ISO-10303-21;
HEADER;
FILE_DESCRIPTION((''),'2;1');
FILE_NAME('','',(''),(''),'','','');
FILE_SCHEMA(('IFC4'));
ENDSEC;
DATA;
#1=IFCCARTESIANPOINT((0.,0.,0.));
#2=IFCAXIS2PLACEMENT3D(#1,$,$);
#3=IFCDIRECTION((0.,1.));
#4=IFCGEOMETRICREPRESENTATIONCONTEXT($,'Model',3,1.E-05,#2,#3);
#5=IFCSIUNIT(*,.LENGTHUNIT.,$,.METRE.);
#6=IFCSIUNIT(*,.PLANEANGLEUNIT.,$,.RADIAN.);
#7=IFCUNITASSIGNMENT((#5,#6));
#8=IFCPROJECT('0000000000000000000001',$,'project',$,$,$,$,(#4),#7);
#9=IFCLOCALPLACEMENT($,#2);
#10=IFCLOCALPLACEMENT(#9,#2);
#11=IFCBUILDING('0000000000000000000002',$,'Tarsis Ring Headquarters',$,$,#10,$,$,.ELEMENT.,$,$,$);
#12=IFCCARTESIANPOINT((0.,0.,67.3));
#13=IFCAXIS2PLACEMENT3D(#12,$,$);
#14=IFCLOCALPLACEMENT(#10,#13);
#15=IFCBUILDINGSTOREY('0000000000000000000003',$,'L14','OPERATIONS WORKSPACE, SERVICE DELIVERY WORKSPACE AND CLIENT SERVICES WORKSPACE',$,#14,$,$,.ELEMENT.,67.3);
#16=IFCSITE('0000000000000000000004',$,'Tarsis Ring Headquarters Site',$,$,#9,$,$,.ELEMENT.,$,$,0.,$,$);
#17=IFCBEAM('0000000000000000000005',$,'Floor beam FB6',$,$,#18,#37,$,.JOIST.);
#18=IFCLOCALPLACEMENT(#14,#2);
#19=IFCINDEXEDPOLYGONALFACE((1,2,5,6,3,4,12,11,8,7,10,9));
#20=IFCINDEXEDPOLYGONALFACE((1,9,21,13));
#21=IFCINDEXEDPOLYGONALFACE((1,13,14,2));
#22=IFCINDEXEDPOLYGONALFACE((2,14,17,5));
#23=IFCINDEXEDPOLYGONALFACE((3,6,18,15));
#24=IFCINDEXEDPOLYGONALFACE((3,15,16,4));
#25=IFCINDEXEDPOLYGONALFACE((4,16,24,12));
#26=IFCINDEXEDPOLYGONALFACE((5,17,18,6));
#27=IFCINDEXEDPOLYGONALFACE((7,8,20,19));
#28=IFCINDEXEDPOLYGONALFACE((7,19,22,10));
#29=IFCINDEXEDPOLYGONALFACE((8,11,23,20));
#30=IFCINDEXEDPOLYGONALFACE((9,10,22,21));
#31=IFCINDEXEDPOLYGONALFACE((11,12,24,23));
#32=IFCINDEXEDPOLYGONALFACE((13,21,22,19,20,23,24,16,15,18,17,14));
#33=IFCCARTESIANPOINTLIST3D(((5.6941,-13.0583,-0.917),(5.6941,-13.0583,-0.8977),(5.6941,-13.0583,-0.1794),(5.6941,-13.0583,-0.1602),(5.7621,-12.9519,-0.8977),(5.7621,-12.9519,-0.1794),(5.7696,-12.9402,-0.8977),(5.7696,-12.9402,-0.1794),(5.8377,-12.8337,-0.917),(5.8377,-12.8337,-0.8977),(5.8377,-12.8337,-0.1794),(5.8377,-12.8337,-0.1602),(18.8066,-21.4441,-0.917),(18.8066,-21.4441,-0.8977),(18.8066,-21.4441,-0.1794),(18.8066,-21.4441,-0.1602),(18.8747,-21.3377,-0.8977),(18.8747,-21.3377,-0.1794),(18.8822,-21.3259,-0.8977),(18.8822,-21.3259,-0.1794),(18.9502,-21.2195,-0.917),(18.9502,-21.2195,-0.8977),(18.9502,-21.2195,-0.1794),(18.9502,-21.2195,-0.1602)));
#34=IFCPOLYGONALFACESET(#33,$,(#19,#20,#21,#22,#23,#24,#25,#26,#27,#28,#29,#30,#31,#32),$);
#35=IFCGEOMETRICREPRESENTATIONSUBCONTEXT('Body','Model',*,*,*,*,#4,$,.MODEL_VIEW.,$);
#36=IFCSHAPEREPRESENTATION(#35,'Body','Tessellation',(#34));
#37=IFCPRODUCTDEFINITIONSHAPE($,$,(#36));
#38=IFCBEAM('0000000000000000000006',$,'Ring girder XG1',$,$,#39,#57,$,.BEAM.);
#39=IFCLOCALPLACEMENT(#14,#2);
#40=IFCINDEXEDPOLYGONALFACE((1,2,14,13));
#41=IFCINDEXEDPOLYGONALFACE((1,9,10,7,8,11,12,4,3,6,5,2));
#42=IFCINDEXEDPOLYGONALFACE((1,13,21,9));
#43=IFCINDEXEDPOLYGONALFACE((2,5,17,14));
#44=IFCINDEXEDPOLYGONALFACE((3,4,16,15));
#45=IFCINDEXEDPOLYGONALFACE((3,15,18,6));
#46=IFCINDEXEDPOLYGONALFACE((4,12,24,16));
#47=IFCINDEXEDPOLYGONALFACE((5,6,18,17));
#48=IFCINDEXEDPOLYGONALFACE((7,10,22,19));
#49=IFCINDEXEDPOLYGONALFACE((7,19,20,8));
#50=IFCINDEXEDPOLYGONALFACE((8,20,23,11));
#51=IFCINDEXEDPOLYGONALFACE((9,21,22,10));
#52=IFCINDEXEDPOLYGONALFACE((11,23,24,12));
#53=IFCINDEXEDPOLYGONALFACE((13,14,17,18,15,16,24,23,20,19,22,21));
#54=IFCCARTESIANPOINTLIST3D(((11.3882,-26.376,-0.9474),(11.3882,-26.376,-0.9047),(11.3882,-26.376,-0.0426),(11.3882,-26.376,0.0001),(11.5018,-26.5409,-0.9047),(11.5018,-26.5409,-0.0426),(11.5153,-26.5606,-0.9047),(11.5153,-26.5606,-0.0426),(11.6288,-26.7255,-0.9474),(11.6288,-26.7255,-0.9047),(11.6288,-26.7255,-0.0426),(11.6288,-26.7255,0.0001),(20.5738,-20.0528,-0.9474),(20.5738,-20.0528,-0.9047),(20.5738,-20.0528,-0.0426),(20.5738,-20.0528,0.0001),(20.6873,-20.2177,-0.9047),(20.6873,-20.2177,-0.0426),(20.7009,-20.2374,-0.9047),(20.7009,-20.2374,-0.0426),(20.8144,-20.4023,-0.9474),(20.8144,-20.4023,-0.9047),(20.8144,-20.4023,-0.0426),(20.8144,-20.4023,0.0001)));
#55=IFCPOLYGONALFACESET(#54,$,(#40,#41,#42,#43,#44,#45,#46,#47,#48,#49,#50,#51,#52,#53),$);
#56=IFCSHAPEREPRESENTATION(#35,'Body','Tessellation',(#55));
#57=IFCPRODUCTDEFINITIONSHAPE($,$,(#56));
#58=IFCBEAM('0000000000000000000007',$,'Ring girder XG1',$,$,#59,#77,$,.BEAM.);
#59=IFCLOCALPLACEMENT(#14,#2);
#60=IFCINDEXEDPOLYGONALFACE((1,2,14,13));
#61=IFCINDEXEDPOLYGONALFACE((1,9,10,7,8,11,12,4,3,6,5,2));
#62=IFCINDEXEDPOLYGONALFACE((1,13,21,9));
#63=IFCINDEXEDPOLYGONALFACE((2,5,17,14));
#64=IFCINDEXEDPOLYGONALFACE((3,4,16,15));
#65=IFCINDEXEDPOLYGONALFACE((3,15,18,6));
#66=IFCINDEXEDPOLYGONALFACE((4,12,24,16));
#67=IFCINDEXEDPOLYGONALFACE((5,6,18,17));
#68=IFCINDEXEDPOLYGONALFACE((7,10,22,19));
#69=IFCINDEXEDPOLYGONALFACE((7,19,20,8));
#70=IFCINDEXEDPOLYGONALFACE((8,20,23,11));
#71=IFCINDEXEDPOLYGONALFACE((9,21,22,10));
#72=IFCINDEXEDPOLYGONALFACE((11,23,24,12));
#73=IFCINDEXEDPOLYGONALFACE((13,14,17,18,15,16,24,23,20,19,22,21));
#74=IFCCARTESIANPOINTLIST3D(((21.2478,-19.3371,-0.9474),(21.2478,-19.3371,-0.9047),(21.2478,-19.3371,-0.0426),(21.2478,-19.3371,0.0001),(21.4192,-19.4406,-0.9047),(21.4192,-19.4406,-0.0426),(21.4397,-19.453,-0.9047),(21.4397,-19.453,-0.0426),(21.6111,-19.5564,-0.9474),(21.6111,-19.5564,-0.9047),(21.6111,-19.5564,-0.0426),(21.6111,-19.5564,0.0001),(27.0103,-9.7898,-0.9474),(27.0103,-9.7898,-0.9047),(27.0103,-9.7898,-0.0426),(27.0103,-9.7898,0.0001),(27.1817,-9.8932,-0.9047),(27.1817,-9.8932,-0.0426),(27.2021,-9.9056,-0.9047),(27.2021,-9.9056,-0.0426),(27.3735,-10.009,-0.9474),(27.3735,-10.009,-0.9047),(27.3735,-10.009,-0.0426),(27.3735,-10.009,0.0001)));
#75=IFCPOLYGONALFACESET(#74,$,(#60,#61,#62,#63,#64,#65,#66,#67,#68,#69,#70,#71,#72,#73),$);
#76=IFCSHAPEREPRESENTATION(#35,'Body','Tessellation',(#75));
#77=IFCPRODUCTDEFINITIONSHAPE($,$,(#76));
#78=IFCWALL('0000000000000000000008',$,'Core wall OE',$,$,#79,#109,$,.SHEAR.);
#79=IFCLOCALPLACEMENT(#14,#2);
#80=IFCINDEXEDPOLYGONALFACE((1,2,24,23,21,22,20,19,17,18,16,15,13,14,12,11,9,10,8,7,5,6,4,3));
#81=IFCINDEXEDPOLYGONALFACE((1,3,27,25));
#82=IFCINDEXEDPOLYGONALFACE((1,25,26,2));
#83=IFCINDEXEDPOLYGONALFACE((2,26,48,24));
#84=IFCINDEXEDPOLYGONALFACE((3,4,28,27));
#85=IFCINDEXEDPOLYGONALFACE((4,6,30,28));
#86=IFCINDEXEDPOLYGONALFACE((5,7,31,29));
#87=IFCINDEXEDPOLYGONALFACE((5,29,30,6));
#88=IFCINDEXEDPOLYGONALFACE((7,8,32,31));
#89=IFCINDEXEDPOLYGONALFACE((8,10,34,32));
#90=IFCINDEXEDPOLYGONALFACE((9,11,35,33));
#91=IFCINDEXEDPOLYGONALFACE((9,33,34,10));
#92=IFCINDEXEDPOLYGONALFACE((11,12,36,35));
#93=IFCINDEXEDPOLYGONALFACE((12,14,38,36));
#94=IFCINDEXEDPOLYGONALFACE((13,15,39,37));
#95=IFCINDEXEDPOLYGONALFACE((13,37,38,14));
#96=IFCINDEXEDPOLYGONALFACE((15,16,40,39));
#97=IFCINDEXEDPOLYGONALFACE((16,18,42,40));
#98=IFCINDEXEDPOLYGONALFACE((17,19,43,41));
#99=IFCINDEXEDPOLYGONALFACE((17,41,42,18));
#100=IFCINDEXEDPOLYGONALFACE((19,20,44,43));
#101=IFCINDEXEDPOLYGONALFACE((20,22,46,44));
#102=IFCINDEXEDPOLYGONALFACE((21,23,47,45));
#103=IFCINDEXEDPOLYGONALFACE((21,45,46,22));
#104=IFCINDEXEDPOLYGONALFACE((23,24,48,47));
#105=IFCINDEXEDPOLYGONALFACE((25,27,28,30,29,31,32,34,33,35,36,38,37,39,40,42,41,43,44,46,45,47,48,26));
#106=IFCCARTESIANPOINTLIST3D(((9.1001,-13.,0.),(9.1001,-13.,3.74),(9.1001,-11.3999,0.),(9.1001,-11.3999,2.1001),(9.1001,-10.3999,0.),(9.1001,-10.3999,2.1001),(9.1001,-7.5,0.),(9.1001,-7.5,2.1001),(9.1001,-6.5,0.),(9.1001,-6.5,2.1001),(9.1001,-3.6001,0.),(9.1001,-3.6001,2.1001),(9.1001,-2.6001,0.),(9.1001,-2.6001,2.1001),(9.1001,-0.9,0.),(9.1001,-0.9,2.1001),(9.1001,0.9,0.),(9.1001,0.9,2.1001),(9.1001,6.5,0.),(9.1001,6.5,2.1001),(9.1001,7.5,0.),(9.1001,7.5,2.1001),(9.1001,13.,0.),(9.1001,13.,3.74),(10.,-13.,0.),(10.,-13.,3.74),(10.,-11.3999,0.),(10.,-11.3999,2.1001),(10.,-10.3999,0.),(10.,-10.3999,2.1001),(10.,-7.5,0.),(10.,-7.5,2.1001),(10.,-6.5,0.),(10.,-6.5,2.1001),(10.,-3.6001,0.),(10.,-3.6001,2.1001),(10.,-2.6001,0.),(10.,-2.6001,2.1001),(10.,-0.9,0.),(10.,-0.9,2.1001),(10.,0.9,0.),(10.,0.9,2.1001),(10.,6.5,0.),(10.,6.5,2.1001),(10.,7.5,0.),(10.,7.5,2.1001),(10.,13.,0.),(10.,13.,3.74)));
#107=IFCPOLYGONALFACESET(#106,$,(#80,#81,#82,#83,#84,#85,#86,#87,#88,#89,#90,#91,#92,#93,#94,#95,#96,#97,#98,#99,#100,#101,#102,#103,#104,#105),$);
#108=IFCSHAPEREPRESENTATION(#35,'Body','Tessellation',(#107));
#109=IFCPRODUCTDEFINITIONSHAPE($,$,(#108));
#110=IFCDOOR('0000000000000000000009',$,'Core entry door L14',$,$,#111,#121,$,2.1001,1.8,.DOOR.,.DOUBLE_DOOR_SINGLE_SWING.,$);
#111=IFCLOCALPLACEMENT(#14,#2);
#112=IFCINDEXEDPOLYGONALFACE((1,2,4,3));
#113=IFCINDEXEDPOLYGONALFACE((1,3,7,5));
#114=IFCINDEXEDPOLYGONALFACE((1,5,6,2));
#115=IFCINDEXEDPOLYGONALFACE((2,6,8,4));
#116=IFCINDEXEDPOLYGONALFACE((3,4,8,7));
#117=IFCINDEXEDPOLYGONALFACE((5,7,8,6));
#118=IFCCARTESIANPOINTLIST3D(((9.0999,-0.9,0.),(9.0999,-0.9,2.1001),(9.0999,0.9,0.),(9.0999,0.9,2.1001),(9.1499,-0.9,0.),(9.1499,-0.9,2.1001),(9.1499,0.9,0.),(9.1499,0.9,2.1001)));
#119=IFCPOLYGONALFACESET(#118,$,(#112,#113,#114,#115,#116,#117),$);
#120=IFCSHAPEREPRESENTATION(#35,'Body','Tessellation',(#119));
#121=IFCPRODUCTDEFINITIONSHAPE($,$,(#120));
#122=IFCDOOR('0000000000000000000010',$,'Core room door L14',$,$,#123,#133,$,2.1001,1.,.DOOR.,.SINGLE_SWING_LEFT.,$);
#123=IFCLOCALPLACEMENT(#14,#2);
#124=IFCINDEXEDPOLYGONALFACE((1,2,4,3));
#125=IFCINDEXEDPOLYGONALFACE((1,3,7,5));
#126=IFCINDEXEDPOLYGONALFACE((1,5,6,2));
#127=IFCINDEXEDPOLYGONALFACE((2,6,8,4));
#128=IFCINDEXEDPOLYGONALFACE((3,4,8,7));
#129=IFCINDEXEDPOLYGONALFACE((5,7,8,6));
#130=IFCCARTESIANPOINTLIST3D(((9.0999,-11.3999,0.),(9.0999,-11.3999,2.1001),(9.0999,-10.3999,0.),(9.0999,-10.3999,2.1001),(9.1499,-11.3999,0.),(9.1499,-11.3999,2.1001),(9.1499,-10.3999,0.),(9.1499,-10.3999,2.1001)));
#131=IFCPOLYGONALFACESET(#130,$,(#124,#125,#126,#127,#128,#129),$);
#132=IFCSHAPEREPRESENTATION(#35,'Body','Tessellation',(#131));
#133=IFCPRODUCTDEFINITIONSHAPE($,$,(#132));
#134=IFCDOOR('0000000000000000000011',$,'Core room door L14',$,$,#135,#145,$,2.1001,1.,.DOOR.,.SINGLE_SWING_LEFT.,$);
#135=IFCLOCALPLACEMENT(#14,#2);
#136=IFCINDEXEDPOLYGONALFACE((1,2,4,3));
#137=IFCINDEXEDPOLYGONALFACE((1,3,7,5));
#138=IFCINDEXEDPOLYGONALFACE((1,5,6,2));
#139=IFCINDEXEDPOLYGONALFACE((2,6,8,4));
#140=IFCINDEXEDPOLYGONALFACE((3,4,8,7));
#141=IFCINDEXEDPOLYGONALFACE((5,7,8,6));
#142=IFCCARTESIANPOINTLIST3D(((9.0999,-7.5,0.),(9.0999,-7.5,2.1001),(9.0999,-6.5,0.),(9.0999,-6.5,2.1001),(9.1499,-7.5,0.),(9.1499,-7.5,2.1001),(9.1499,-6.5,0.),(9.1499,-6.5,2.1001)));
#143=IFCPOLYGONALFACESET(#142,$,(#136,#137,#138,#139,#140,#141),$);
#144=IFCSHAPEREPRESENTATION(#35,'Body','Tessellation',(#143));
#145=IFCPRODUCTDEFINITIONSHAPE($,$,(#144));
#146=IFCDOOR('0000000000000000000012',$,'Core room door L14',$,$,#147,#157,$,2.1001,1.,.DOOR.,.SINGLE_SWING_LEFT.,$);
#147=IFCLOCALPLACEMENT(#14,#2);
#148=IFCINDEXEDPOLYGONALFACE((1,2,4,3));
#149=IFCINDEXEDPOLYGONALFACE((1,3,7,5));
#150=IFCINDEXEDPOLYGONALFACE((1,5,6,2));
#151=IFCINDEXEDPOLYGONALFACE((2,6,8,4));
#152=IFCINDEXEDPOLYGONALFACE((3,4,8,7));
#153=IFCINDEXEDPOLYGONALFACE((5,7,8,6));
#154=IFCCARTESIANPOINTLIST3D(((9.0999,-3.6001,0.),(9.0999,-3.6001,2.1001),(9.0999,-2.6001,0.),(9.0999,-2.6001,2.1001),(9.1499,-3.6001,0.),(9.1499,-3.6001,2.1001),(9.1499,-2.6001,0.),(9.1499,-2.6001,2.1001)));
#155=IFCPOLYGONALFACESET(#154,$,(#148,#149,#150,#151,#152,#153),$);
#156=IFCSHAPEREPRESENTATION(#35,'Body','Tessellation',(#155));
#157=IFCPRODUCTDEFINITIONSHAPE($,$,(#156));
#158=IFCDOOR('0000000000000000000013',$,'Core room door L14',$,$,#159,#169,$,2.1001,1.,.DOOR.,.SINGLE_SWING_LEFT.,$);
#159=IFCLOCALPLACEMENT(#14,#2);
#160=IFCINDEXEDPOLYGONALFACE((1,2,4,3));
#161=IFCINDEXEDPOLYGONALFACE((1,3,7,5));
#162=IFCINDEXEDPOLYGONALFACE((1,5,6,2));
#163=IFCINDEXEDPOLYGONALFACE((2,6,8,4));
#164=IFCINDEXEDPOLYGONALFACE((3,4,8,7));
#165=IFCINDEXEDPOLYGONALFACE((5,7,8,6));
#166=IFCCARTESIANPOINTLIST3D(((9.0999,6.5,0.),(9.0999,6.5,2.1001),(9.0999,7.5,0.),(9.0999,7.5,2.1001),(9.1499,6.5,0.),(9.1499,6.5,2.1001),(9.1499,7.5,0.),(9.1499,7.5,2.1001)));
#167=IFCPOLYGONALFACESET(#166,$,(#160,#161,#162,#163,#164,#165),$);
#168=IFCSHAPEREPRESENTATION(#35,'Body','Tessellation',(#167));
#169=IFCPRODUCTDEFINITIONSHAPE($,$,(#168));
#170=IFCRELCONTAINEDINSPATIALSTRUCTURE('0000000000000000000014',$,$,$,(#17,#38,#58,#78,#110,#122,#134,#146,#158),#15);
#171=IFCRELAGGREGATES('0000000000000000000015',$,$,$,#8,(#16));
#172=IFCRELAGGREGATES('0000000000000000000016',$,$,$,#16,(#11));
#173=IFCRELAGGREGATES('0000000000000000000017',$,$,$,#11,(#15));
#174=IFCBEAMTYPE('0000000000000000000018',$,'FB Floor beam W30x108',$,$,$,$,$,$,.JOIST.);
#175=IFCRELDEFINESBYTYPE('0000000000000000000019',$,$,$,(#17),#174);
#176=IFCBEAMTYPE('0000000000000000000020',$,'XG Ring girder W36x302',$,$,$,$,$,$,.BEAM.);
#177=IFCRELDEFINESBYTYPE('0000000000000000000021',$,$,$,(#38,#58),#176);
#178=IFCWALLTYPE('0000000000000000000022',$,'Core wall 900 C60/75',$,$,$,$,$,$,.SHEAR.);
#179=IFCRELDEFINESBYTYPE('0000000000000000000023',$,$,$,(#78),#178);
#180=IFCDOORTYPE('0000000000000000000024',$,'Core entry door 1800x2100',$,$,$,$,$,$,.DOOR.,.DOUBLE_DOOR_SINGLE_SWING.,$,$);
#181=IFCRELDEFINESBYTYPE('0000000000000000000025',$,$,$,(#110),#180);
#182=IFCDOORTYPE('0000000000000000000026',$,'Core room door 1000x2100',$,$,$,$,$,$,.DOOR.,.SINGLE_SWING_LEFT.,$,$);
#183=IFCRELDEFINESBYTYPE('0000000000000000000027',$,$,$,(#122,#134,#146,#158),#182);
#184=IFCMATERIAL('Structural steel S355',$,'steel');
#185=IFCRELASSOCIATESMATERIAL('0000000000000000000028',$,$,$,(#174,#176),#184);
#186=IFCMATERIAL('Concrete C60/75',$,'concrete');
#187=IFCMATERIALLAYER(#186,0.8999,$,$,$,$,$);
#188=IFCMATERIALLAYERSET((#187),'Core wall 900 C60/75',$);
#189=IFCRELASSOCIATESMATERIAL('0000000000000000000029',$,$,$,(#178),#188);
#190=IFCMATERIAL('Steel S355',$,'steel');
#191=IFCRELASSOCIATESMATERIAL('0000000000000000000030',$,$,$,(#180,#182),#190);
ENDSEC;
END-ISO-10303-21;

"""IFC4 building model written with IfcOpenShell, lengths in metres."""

from ifc_helpers import new_model, si_unit, direction, frame, frame_2d, origin, origin_2d, place, context, subcontext, project, spatial, rectangle, i_section, extrude, material, layer, layer_set, material_profile, profile_set, type_object, element, fill, save


model = new_model("IFC4")

# Units and contexts
model_context = context("Model", 3, precision=1e-05, world=origin(), true_north=direction((0.0, 1.0)))
body_context = subcontext(model_context, "Body", "Model", "MODEL_VIEW")
ifc_project = project(units=[si_unit("LENGTHUNIT", "METRE"), si_unit("PLANEANGLEUNIT", "RADIAN")], contexts=[model_context])

# Site, building, storey
site_placement = place(None, origin())
site = spatial("IfcSite", under=ifc_project, at=site_placement, Name="Tarsis Ring Headquarters Site", CompositionType="ELEMENT", RefElevation=0.0)
building_placement = place(site_placement, origin())
building = spatial("IfcBuilding", under=site, at=building_placement, Name="Tarsis Ring Headquarters", CompositionType="ELEMENT")
storey_placement = place(building_placement, frame((0.0, 0.0, 67.3)))
storey = spatial("IfcBuildingStorey", under=building, at=storey_placement, Name="L14", Description="OPERATIONS WORKSPACE, SERVICE DELIVERY WORKSPACE AND CLIENT SERVICES WORKSPACE", CompositionType="ELEMENT", Elevation=67.3)

# Beams
ifc_material_1 = material(Name="Structural steel S355", Category="steel")
ifc_material_profile_1 = material_profile(ifc_material_1, i_section(OverallWidth=0.2666, OverallDepth=0.7568, WebThickness=0.0139, FlangeThickness=0.0193, at=origin_2d()), Name="W30x108")
ifc_profile_set_1 = profile_set([ifc_material_profile_1], Name="Structural steel S355")
beam_type_1 = type_object("IfcBeamType", Name="FB Floor beam W30x108", PredefinedType="JOIST", material=ifc_profile_set_1)
beam_placement = place(storey_placement, frame((5.7659, -12.946, -0.5386), z_axis=(0.842455, -0.538767, 0.0), x_axis=(0.538767, 0.842455, 0.0)))
element("IfcBeam", 1, at=beam_placement, inside=storey, type_object=beam_type_1, Name="Floor beam FB6", PredefinedType="JOIST", context=body_context, shape_type="SweptSolid", body=[
    extrude(i_section(OverallWidth=0.2666, OverallDepth=0.7568, WebThickness=0.0139, FlangeThickness=0.0193, at=origin_2d()), origin(), (0.0, 0.0, 1.0), 15.5647),
])
ifc_material_profile_2 = material_profile(ifc_material_1, i_section(OverallWidth=0.4243, OverallDepth=0.9475, WebThickness=0.0239, FlangeThickness=0.0427, at=origin_2d()), Name="W36x302")
ifc_profile_set_2 = profile_set([ifc_material_profile_2], Name="Structural steel S355")
beam_type_2 = type_object("IfcBeamType", Name="XG Ring girder W36x302", PredefinedType="BEAM", material=ifc_profile_set_2)
for number, where, z_axis, x_axis, name in (
    (2, (11.5085, -26.5508, -0.4736), (0.823699, 0.567027, 0.0), (-0.567027, 0.823699, 0.0), "Ring girder XG1"),
    (3, (21.4294, -19.4468, -0.4736), (0.516738, 0.856144, 0.0), (-0.856144, 0.516738, 0.0), "Ring girder XG1"),
):
    element("IfcBeam", number, at=place(storey_placement, frame(where, z_axis=z_axis, x_axis=x_axis)), inside=storey, type_object=beam_type_2, Name=name, PredefinedType="BEAM", context=body_context, shape_type="SweptSolid", body=[
        extrude(i_section(OverallWidth=0.4243, OverallDepth=0.9475, WebThickness=0.0239, FlangeThickness=0.0427, at=origin_2d()), origin(), (0.0, 0.0, 1.0), 11.1516),
    ])

# Wall, openings, doors
ifc_material_2 = material(Name="Concrete C60/75", Category="concrete")
ifc_layer_1 = layer(ifc_material_2, 0.8999)
ifc_layer_set_1 = layer_set([ifc_layer_1], Name="Core wall 900 C60/75")
wall_type_1 = type_object("IfcWallType", Name="Core wall 900 C60/75", PredefinedType="SHEAR", material=ifc_layer_set_1)
wall_1_placement = place(storey_placement, frame((9.55, -13.0, 0.0), z_axis=(0.0, 0.0, 1.0), x_axis=(0.0, 1.0, 0.0)))
wall_1 = element("IfcWall", 4, at=wall_1_placement, inside=storey, type_object=wall_type_1, Name="Core wall OE", PredefinedType="SHEAR", context=body_context, shape_type="SweptSolid", body=[
    extrude(rectangle(XDim=26.0, YDim=0.8999, at=frame_2d((13.0, 0.0))), origin(), (0.0, 0.0, 1.0), 3.74),
])
opening_1_placement = place(wall_1_placement, frame((1.6001, 0.0, 0.0)))
opening_1 = element("IfcOpeningElement", 5, at=opening_1_placement, cuts=wall_1, PredefinedType="OPENING", context=body_context, shape_type="SweptSolid", body=[
    extrude(rectangle(XDim=1.0, YDim=2.1001, at=frame_2d((0.5, 1.05))), frame((0.0, 0.46, 0.0), z_axis=(0.0, -1.0, 0.0), x_axis=(1.0, 0.0, 0.0)), (0.0, 0.0, 1.0), 0.9199),
])
opening_2_placement = place(wall_1_placement, frame((5.5, 0.0, 0.0)))
opening_2 = element("IfcOpeningElement", 6, at=opening_2_placement, cuts=wall_1, PredefinedType="OPENING", context=body_context, shape_type="SweptSolid", body=[
    extrude(rectangle(XDim=1.0, YDim=2.1001, at=frame_2d((0.5, 1.05))), frame((0.0, 0.46, 0.0), z_axis=(0.0, -1.0, 0.0), x_axis=(1.0, 0.0, 0.0)), (0.0, 0.0, 1.0), 0.9199),
])
opening_3_placement = place(wall_1_placement, frame((9.3999, 0.0, 0.0)))
opening_3 = element("IfcOpeningElement", 7, at=opening_3_placement, cuts=wall_1, PredefinedType="OPENING", context=body_context, shape_type="SweptSolid", body=[
    extrude(rectangle(XDim=1.0, YDim=2.1001, at=frame_2d((0.5, 1.05))), frame((0.0, 0.46, 0.0), z_axis=(0.0, -1.0, 0.0), x_axis=(1.0, 0.0, 0.0)), (0.0, 0.0, 1.0), 0.9199),
])
opening_4_placement = place(wall_1_placement, frame((12.1001, 0.0, 0.0)))
opening_4 = element("IfcOpeningElement", 8, at=opening_4_placement, cuts=wall_1, PredefinedType="OPENING", context=body_context, shape_type="SweptSolid", body=[
    extrude(rectangle(XDim=1.8, YDim=2.1001, at=frame_2d((0.8999, 1.05))), frame((0.0, 0.46, 0.0), z_axis=(0.0, -1.0, 0.0), x_axis=(1.0, 0.0, 0.0)), (0.0, 0.0, 1.0), 0.9199),
])
opening_5_placement = place(wall_1_placement, frame((19.5, 0.0, 0.0)))
opening_5 = element("IfcOpeningElement", 9, at=opening_5_placement, cuts=wall_1, PredefinedType="OPENING", context=body_context, shape_type="SweptSolid", body=[
    extrude(rectangle(XDim=1.0, YDim=2.1001, at=frame_2d((0.5, 1.05))), frame((0.0, 0.46, 0.0), z_axis=(0.0, -1.0, 0.0), x_axis=(1.0, 0.0, 0.0)), (0.0, 0.0, 1.0), 0.9199),
])
ifc_material_3 = material(Name="Steel S355", Category="steel")
door_type_1 = type_object("IfcDoorType", Name="Core entry door 1800x2100", OperationType="DOUBLE_DOOR_SINGLE_SWING", PredefinedType="DOOR", material=ifc_material_3)
door_1_placement = place(opening_4_placement, origin())
door_1 = element("IfcDoor", 10, at=door_1_placement, inside=storey, type_object=door_type_1, Name="Core entry door L14", OperationType="DOUBLE_DOOR_SINGLE_SWING", OverallHeight=2.1001, OverallWidth=1.8, PredefinedType="DOOR", context=body_context, shape_type="SweptSolid", body=[
    extrude(rectangle(XDim=1.8, YDim=2.1001, at=frame_2d((0.8999, 1.05))), frame((0.0, 0.4502, 0.0), z_axis=(0.0, -1.0, 0.0), x_axis=(1.0, 0.0, 0.0)), (0.0, 0.0, 1.0), 0.05),
])
fill(opening_4, door_1)
door_type_2 = type_object("IfcDoorType", Name="Core room door 1000x2100", OperationType="SINGLE_SWING_LEFT", PredefinedType="DOOR", material=ifc_material_3)
door_2_placement = place(opening_1_placement, origin())
door_2 = element("IfcDoor", 11, at=door_2_placement, inside=storey, type_object=door_type_2, Name="Core room door L14", OperationType="SINGLE_SWING_LEFT", OverallHeight=2.1001, OverallWidth=1.0, PredefinedType="DOOR", context=body_context, shape_type="SweptSolid", body=[
    extrude(rectangle(XDim=1.0, YDim=2.1001, at=frame_2d((0.5, 1.05))), frame((0.0, 0.4502, 0.0), z_axis=(0.0, -1.0, 0.0), x_axis=(1.0, 0.0, 0.0)), (0.0, 0.0, 1.0), 0.05),
])
fill(opening_1, door_2)
door_3_placement = place(opening_2_placement, origin())
door_3 = element("IfcDoor", 12, at=door_3_placement, inside=storey, type_object=door_type_2, Name="Core room door L14", OperationType="SINGLE_SWING_LEFT", OverallHeight=2.1001, OverallWidth=1.0, PredefinedType="DOOR", context=body_context, shape_type="SweptSolid", body=[
    extrude(rectangle(XDim=1.0, YDim=2.1001, at=frame_2d((0.5, 1.05))), frame((0.0, 0.4502, 0.0), z_axis=(0.0, -1.0, 0.0), x_axis=(1.0, 0.0, 0.0)), (0.0, 0.0, 1.0), 0.05),
])
fill(opening_2, door_3)
door_4_placement = place(opening_3_placement, origin())
door_4 = element("IfcDoor", 13, at=door_4_placement, inside=storey, type_object=door_type_2, Name="Core room door L14", OperationType="SINGLE_SWING_LEFT", OverallHeight=2.1001, OverallWidth=1.0, PredefinedType="DOOR", context=body_context, shape_type="SweptSolid", body=[
    extrude(rectangle(XDim=1.0, YDim=2.1001, at=frame_2d((0.5, 1.05))), frame((0.0, 0.4502, 0.0), z_axis=(0.0, -1.0, 0.0), x_axis=(1.0, 0.0, 0.0)), (0.0, 0.0, 1.0), 0.05),
])
fill(opening_3, door_4)
door_5_placement = place(opening_5_placement, origin())
door_5 = element("IfcDoor", 14, at=door_5_placement, inside=storey, type_object=door_type_2, Name="Core room door L14", OperationType="SINGLE_SWING_LEFT", OverallHeight=2.1001, OverallWidth=1.0, PredefinedType="DOOR", context=body_context, shape_type="SweptSolid", body=[
    extrude(rectangle(XDim=1.0, YDim=2.1001, at=frame_2d((0.5, 1.05))), frame((0.0, 0.4502, 0.0), z_axis=(0.0, -1.0, 0.0), x_axis=(1.0, 0.0, 0.0)), (0.0, 0.0, 1.0), 0.05),
])
fill(opening_5, door_5)

save(model, "model.ifc")
